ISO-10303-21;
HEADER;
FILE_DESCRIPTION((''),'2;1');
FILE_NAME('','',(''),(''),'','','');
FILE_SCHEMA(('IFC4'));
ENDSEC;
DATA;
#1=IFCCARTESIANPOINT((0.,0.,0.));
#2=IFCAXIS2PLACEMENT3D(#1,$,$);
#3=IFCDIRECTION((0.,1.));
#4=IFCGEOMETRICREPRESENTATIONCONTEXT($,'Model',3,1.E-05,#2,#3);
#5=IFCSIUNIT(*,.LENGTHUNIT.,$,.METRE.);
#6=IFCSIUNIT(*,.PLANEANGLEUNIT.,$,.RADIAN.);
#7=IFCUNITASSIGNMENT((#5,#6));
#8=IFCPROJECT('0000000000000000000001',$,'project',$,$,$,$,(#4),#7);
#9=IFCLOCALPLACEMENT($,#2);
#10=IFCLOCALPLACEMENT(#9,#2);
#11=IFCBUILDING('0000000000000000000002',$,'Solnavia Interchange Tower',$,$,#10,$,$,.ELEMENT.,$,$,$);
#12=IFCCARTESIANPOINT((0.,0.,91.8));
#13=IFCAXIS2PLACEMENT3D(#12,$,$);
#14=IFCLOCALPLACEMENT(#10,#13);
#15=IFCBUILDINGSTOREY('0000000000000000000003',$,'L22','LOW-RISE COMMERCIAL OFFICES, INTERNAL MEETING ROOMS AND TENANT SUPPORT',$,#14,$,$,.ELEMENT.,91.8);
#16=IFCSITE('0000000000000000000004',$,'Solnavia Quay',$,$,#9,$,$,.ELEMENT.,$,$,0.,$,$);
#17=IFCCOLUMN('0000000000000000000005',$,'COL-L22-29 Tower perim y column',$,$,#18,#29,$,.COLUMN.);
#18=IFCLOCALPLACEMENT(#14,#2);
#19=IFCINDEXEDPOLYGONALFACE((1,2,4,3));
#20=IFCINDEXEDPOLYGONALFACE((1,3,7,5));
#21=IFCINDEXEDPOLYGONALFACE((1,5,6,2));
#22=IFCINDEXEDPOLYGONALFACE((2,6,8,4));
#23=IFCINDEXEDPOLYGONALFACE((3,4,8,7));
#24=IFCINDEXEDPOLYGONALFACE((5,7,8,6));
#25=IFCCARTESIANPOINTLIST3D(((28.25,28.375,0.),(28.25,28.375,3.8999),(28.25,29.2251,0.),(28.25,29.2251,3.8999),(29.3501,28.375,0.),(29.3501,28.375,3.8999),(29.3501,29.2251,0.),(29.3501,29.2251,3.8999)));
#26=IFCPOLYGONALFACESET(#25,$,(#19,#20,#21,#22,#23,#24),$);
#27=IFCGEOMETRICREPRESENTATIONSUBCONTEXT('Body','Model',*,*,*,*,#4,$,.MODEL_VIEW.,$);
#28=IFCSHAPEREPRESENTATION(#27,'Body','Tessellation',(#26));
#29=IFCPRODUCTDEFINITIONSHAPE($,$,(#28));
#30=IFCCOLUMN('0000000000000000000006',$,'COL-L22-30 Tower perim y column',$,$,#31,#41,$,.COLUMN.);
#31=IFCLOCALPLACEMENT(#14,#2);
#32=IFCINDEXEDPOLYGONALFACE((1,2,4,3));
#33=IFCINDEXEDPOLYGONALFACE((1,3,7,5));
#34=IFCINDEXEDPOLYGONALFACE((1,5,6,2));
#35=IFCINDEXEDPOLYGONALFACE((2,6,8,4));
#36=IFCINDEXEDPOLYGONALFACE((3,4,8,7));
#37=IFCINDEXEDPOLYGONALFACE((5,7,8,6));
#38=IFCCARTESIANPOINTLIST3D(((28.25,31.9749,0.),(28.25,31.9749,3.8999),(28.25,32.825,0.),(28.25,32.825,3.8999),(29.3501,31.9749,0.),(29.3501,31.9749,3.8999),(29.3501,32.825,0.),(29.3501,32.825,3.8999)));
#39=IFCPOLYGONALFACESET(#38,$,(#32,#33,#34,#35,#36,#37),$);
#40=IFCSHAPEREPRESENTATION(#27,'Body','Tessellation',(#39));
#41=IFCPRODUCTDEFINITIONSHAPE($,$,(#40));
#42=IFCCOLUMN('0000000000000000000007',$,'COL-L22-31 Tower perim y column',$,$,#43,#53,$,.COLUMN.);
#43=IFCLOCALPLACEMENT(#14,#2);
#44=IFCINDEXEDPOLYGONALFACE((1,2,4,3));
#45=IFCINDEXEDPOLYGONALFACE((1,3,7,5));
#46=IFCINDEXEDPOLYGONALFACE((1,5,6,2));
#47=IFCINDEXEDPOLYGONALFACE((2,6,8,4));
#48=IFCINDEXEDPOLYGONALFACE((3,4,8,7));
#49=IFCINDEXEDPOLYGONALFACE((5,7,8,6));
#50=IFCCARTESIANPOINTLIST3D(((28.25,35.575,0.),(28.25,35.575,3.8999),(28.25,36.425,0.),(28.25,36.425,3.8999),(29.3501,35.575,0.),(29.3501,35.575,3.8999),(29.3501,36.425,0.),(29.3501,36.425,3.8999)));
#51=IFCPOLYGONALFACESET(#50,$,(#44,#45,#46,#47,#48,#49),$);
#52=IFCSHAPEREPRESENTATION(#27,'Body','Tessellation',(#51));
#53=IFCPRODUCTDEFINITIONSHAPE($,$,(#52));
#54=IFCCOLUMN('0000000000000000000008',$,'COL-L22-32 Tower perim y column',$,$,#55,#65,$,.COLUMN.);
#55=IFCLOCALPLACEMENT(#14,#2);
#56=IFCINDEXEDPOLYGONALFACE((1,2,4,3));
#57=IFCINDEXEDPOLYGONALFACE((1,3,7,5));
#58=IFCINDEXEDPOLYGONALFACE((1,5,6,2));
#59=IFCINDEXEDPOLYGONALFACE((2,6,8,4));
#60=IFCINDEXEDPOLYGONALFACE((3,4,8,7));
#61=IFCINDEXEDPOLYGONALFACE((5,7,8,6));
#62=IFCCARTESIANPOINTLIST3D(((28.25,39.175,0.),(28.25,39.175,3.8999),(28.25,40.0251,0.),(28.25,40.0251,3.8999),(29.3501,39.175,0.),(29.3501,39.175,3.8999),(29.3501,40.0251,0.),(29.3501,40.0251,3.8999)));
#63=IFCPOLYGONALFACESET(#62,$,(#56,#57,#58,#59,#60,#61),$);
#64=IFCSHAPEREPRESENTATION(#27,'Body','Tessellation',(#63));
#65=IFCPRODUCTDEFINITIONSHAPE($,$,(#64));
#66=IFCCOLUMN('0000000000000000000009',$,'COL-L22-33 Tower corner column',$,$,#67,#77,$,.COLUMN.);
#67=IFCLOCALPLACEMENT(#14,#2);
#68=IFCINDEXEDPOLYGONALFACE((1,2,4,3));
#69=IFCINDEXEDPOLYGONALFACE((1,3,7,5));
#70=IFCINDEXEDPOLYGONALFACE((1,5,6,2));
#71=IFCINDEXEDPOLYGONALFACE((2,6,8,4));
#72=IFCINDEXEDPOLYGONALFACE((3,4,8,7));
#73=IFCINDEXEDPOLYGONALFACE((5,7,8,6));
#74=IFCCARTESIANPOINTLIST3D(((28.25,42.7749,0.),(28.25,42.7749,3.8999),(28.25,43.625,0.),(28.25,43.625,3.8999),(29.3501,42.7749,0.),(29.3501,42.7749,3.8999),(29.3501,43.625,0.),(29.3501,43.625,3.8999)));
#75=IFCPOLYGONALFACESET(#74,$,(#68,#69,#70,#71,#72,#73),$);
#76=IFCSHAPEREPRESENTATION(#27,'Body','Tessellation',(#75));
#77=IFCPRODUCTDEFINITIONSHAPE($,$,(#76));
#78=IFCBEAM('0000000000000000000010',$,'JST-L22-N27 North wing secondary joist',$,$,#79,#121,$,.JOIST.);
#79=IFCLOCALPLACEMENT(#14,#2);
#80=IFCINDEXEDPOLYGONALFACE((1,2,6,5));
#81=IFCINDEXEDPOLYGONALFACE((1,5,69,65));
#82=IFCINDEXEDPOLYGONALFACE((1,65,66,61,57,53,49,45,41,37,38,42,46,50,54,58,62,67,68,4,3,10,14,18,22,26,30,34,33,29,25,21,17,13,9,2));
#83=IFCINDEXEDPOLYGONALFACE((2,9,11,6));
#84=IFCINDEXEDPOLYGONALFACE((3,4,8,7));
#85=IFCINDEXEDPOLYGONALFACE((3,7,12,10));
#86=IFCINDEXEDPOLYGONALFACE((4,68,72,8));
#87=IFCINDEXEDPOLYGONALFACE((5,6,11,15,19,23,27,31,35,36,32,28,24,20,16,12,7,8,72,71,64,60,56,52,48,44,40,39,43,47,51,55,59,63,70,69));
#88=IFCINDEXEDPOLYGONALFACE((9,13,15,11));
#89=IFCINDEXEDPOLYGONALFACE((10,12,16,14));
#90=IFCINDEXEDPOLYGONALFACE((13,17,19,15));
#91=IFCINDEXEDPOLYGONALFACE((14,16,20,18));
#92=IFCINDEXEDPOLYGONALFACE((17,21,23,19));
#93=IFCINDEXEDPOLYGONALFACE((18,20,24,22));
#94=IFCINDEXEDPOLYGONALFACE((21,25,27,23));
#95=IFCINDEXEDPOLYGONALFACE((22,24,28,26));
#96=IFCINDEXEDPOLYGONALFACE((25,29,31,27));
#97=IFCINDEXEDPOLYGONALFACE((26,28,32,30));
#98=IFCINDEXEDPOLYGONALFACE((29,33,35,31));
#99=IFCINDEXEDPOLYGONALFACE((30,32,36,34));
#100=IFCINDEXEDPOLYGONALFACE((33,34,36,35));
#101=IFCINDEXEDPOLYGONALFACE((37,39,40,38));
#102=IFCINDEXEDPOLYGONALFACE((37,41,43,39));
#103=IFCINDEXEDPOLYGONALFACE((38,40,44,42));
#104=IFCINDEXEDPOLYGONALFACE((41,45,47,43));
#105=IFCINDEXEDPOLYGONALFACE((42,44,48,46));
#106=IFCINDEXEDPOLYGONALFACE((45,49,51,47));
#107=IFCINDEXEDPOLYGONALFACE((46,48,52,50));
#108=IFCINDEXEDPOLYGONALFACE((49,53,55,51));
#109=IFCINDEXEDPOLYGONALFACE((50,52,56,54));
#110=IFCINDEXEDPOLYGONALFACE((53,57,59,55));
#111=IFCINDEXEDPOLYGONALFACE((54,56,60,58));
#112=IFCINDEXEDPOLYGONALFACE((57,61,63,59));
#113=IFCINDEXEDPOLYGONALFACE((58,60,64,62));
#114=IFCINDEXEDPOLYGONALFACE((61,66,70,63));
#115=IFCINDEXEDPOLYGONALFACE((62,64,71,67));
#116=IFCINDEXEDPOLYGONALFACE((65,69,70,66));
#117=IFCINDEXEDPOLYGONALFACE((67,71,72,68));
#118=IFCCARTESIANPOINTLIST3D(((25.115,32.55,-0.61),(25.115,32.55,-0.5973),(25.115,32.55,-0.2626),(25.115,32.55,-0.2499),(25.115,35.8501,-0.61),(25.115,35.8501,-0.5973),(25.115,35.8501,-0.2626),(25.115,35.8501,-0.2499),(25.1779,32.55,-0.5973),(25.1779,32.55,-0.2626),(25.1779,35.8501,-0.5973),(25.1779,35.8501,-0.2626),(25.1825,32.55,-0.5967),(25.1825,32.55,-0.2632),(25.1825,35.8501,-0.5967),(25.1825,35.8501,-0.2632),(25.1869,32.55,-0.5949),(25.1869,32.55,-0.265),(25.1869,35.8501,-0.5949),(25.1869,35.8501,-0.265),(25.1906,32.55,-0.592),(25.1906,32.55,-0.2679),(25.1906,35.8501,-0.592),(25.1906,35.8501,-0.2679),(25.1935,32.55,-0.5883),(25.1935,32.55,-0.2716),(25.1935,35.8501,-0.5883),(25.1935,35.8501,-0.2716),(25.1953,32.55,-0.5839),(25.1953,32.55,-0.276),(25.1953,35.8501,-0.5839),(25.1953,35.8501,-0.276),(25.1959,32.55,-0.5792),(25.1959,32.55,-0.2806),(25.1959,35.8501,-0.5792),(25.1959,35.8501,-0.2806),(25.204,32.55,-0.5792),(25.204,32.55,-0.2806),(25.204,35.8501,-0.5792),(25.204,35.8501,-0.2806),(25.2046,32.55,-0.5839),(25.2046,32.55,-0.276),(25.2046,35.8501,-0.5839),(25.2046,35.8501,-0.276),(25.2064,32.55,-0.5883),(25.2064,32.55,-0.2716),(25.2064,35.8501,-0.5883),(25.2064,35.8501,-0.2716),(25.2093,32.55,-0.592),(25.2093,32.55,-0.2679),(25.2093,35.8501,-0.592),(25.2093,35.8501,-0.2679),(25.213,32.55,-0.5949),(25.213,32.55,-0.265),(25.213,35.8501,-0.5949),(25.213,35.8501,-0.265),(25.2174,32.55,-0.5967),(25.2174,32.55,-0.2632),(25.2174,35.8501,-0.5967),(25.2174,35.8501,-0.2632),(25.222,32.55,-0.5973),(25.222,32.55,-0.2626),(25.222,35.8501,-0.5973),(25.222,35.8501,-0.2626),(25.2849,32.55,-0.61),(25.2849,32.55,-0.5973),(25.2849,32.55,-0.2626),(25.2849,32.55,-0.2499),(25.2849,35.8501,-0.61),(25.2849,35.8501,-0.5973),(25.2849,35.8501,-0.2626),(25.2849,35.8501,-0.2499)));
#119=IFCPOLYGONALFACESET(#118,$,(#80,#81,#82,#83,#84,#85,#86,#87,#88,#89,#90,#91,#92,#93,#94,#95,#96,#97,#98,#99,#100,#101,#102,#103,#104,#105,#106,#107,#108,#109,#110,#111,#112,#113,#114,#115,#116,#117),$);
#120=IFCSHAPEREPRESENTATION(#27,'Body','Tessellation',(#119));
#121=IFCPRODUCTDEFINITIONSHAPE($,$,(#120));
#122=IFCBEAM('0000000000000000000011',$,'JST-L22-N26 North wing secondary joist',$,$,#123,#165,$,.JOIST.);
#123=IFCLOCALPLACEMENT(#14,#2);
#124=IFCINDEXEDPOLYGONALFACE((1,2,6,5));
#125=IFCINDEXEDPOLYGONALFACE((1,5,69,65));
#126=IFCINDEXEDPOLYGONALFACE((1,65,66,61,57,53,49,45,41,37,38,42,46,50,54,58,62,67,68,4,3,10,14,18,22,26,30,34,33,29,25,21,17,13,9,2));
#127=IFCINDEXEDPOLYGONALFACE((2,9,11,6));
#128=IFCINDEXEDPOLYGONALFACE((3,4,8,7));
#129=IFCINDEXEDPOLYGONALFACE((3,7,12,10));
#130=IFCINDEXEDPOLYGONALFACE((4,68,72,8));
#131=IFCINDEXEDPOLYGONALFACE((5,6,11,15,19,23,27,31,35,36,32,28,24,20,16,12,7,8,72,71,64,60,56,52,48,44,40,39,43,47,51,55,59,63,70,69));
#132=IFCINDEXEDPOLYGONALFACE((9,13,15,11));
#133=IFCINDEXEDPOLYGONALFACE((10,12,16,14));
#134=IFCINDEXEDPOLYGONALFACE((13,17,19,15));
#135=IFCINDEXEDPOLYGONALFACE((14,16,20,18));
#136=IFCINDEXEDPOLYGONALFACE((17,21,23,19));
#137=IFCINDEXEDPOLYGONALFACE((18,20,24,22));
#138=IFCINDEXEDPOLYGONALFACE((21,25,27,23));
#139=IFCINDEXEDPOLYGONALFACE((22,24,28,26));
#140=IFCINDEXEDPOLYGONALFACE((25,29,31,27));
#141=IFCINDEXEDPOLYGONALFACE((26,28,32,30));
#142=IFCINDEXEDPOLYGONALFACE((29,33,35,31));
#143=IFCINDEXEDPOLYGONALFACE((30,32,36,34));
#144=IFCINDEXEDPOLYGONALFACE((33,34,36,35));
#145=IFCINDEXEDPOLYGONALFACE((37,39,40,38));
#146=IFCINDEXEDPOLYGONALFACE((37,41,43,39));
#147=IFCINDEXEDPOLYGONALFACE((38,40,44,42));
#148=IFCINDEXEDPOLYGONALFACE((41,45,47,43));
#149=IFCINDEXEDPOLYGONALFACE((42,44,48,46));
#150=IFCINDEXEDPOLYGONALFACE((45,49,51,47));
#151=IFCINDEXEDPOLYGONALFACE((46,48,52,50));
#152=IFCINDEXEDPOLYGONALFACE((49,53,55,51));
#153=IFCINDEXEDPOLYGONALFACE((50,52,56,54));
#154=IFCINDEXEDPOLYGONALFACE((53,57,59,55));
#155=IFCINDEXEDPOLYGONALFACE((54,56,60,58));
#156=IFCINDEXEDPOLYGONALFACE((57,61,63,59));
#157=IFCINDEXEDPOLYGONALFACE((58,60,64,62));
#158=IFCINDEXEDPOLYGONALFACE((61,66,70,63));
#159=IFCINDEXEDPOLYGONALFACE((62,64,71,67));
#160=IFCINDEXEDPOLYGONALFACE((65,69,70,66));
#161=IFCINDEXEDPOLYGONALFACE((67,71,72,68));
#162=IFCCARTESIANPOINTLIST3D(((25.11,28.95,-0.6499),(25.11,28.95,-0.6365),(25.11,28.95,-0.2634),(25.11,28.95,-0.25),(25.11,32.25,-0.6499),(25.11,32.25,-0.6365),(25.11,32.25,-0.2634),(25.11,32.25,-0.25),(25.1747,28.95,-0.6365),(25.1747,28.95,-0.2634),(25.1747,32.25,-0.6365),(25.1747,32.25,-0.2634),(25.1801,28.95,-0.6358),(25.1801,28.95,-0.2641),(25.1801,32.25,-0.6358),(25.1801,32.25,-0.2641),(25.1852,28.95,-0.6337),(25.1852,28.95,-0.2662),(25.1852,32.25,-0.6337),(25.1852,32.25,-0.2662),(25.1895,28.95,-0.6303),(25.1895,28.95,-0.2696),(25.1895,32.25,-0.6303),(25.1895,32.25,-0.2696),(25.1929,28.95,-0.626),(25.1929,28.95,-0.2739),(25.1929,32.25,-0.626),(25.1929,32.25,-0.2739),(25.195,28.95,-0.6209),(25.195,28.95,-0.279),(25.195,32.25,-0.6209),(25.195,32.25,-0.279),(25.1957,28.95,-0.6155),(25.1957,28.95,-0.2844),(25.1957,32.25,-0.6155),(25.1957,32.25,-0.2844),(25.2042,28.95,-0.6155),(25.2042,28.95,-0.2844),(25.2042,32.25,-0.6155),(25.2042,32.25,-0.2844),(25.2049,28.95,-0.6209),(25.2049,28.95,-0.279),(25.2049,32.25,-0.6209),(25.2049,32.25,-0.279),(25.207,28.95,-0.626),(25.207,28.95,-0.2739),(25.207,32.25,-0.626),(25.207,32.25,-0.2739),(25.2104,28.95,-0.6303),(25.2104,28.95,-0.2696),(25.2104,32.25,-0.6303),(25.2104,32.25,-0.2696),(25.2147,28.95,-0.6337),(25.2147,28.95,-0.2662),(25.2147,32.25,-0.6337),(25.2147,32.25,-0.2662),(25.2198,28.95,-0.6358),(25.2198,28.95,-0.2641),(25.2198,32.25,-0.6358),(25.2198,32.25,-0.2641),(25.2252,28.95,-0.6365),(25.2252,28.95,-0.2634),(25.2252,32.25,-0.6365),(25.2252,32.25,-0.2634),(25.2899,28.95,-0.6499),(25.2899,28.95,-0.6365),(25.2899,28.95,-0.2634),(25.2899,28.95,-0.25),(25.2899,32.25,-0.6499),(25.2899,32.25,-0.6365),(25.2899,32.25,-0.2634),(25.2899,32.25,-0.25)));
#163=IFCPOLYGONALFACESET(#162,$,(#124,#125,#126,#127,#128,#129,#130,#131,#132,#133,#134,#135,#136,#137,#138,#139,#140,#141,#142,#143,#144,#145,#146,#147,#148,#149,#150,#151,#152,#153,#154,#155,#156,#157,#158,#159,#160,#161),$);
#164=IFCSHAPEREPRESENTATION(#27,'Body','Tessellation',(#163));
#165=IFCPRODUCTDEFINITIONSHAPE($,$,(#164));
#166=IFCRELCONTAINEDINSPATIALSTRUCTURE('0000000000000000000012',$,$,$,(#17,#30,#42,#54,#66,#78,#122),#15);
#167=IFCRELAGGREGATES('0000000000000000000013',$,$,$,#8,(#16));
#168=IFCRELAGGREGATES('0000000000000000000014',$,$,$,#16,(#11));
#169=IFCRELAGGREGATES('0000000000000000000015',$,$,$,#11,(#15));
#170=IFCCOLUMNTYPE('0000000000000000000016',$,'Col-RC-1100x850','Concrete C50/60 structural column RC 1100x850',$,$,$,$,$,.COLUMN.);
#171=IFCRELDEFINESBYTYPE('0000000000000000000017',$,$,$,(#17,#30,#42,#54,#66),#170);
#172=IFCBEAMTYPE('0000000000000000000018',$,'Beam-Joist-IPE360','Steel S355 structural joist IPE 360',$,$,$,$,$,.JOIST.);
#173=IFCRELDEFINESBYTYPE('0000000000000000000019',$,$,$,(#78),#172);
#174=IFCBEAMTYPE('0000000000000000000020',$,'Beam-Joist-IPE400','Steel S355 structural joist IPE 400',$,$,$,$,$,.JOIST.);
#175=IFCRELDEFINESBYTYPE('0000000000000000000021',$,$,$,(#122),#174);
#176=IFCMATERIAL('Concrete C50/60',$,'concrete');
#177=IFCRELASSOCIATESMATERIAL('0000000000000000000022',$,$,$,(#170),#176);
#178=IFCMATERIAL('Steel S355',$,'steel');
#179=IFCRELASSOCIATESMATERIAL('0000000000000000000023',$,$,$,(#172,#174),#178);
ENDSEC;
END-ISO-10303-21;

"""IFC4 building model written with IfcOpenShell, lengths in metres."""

from ifc_helpers import new_model, si_unit, direction, frame, origin, origin_2d, place, context, subcontext, project, spatial, rectangle, i_section, extrude, material, material_profile, profile_set, type_object, element, save


model = new_model("IFC4")

# Units and contexts
model_context = context("Model", 3, precision=1e-05, world=origin(), true_north=direction((0.0, 1.0)))
body_context = subcontext(model_context, "Body", "Model", "MODEL_VIEW")
ifc_project = project(units=[si_unit("LENGTHUNIT", "METRE"), si_unit("PLANEANGLEUNIT", "RADIAN")], contexts=[model_context])

# Site, building, storey
site_placement = place(None, origin())
site = spatial("IfcSite", under=ifc_project, at=site_placement, Name="Solnavia Quay", CompositionType="ELEMENT", RefElevation=0.0)
building_placement = place(site_placement, origin())
building = spatial("IfcBuilding", under=site, at=building_placement, Name="Solnavia Interchange Tower", CompositionType="ELEMENT")
storey_placement = place(building_placement, frame((0.0, 0.0, 91.8)))
storey = spatial("IfcBuildingStorey", under=building, at=storey_placement, Name="L22", Description="LOW-RISE COMMERCIAL OFFICES, INTERNAL MEETING ROOMS AND TENANT SUPPORT", CompositionType="ELEMENT", Elevation=91.8)

# Columns
ifc_material_1 = material(Name="Concrete C50/60", Category="concrete")
ifc_material_profile_1 = material_profile(ifc_material_1, rectangle(XDim=0.8501, YDim=1.1001, at=origin_2d()), Name="RC 1100x850")
ifc_profile_set_1 = profile_set([ifc_material_profile_1], Name="Concrete C50/60")
column_type = type_object("IfcColumnType", Name="Col-RC-1100x850", Description="Concrete C50/60 structural column RC 1100x850", PredefinedType="COLUMN", material=ifc_profile_set_1)
for number, where, z_axis, x_axis, name in (
    (1, (28.8, 28.8, 0.0), (0.0, 0.0, 1.0), (0.0, 1.0, 0.0), "COL-L22-29 Tower perim y column"),
    (2, (28.8, 32.3999, 0.0), (0.0, 0.0, 1.0), (0.0, 1.0, 0.0), "COL-L22-30 Tower perim y column"),
    (3, (28.8, 36.0, 0.0), (0.0, 0.0, 1.0), (0.0, 1.0, 0.0), "COL-L22-31 Tower perim y column"),
    (4, (28.8, 39.6001, 0.0), (0.0, 0.0, 1.0), (0.0, 1.0, 0.0), "COL-L22-32 Tower perim y column"),
    (5, (28.8, 43.2, 0.0), (0.0, 0.0, 1.0), (0.0, 1.0, 0.0), "COL-L22-33 Tower corner column"),
):
    element("IfcColumn", number, at=place(storey_placement, frame(where, z_axis=z_axis, x_axis=x_axis)), inside=storey, type_object=column_type, Name=name, PredefinedType="COLUMN", context=body_context, shape_type="SweptSolid", body=[
        extrude(rectangle(XDim=0.8501, YDim=1.1001, at=origin_2d()), origin(), (0.0, 0.0, 1.0), 3.8999),
    ])

# Beams
ifc_material_2 = material(Name="Steel S355", Category="steel")
ifc_material_profile_2 = material_profile(ifc_material_2, i_section(OverallWidth=0.1699, OverallDepth=0.3601, WebThickness=0.0081, FlangeThickness=0.0127, FilletRadius=0.0181, at=origin_2d()), Name="IPE 360")
ifc_profile_set_2 = profile_set([ifc_material_profile_2], Name="Steel S355")
beam_type_1 = type_object("IfcBeamType", Name="Beam-Joist-IPE360", Description="Steel S355 structural joist IPE 360", PredefinedType="JOIST", material=ifc_profile_set_2)
beam_1_placement = place(storey_placement, frame((25.2, 32.55, -0.4299), z_axis=(0.0, 1.0, 0.0), x_axis=(-1.0, 0.0, 0.0)))
element("IfcBeam", 6, at=beam_1_placement, inside=storey, type_object=beam_type_1, Name="JST-L22-N27 North wing secondary joist", PredefinedType="JOIST", context=body_context, shape_type="SweptSolid", body=[
    extrude(i_section(OverallWidth=0.1699, OverallDepth=0.3601, WebThickness=0.0081, FlangeThickness=0.0127, FilletRadius=0.0181, at=origin_2d()), origin(), (0.0, 0.0, 1.0), 3.3),
])
ifc_material_profile_3 = material_profile(ifc_material_2, i_section(OverallWidth=0.1799, OverallDepth=0.3999, WebThickness=0.0085, FlangeThickness=0.0134, FilletRadius=0.021, at=origin_2d()), Name="IPE 400")
ifc_profile_set_3 = profile_set([ifc_material_profile_3], Name="Steel S355")
beam_type_2 = type_object("IfcBeamType", Name="Beam-Joist-IPE400", Description="Steel S355 structural joist IPE 400", PredefinedType="JOIST", material=ifc_profile_set_3)
beam_2_placement = place(storey_placement, frame((25.2, 28.95, -0.45), z_axis=(0.0, 1.0, 0.0), x_axis=(-1.0, 0.0, 0.0)))
element("IfcBeam", 7, at=beam_2_placement, inside=storey, type_object=beam_type_2, Name="JST-L22-N26 North wing secondary joist", PredefinedType="JOIST", context=body_context, shape_type="SweptSolid", body=[
    extrude(i_section(OverallWidth=0.1799, OverallDepth=0.3999, WebThickness=0.0085, FlangeThickness=0.0134, FilletRadius=0.021, at=origin_2d()), origin(), (0.0, 0.0, 1.0), 3.3),
])

save(model, "model.ifc")
